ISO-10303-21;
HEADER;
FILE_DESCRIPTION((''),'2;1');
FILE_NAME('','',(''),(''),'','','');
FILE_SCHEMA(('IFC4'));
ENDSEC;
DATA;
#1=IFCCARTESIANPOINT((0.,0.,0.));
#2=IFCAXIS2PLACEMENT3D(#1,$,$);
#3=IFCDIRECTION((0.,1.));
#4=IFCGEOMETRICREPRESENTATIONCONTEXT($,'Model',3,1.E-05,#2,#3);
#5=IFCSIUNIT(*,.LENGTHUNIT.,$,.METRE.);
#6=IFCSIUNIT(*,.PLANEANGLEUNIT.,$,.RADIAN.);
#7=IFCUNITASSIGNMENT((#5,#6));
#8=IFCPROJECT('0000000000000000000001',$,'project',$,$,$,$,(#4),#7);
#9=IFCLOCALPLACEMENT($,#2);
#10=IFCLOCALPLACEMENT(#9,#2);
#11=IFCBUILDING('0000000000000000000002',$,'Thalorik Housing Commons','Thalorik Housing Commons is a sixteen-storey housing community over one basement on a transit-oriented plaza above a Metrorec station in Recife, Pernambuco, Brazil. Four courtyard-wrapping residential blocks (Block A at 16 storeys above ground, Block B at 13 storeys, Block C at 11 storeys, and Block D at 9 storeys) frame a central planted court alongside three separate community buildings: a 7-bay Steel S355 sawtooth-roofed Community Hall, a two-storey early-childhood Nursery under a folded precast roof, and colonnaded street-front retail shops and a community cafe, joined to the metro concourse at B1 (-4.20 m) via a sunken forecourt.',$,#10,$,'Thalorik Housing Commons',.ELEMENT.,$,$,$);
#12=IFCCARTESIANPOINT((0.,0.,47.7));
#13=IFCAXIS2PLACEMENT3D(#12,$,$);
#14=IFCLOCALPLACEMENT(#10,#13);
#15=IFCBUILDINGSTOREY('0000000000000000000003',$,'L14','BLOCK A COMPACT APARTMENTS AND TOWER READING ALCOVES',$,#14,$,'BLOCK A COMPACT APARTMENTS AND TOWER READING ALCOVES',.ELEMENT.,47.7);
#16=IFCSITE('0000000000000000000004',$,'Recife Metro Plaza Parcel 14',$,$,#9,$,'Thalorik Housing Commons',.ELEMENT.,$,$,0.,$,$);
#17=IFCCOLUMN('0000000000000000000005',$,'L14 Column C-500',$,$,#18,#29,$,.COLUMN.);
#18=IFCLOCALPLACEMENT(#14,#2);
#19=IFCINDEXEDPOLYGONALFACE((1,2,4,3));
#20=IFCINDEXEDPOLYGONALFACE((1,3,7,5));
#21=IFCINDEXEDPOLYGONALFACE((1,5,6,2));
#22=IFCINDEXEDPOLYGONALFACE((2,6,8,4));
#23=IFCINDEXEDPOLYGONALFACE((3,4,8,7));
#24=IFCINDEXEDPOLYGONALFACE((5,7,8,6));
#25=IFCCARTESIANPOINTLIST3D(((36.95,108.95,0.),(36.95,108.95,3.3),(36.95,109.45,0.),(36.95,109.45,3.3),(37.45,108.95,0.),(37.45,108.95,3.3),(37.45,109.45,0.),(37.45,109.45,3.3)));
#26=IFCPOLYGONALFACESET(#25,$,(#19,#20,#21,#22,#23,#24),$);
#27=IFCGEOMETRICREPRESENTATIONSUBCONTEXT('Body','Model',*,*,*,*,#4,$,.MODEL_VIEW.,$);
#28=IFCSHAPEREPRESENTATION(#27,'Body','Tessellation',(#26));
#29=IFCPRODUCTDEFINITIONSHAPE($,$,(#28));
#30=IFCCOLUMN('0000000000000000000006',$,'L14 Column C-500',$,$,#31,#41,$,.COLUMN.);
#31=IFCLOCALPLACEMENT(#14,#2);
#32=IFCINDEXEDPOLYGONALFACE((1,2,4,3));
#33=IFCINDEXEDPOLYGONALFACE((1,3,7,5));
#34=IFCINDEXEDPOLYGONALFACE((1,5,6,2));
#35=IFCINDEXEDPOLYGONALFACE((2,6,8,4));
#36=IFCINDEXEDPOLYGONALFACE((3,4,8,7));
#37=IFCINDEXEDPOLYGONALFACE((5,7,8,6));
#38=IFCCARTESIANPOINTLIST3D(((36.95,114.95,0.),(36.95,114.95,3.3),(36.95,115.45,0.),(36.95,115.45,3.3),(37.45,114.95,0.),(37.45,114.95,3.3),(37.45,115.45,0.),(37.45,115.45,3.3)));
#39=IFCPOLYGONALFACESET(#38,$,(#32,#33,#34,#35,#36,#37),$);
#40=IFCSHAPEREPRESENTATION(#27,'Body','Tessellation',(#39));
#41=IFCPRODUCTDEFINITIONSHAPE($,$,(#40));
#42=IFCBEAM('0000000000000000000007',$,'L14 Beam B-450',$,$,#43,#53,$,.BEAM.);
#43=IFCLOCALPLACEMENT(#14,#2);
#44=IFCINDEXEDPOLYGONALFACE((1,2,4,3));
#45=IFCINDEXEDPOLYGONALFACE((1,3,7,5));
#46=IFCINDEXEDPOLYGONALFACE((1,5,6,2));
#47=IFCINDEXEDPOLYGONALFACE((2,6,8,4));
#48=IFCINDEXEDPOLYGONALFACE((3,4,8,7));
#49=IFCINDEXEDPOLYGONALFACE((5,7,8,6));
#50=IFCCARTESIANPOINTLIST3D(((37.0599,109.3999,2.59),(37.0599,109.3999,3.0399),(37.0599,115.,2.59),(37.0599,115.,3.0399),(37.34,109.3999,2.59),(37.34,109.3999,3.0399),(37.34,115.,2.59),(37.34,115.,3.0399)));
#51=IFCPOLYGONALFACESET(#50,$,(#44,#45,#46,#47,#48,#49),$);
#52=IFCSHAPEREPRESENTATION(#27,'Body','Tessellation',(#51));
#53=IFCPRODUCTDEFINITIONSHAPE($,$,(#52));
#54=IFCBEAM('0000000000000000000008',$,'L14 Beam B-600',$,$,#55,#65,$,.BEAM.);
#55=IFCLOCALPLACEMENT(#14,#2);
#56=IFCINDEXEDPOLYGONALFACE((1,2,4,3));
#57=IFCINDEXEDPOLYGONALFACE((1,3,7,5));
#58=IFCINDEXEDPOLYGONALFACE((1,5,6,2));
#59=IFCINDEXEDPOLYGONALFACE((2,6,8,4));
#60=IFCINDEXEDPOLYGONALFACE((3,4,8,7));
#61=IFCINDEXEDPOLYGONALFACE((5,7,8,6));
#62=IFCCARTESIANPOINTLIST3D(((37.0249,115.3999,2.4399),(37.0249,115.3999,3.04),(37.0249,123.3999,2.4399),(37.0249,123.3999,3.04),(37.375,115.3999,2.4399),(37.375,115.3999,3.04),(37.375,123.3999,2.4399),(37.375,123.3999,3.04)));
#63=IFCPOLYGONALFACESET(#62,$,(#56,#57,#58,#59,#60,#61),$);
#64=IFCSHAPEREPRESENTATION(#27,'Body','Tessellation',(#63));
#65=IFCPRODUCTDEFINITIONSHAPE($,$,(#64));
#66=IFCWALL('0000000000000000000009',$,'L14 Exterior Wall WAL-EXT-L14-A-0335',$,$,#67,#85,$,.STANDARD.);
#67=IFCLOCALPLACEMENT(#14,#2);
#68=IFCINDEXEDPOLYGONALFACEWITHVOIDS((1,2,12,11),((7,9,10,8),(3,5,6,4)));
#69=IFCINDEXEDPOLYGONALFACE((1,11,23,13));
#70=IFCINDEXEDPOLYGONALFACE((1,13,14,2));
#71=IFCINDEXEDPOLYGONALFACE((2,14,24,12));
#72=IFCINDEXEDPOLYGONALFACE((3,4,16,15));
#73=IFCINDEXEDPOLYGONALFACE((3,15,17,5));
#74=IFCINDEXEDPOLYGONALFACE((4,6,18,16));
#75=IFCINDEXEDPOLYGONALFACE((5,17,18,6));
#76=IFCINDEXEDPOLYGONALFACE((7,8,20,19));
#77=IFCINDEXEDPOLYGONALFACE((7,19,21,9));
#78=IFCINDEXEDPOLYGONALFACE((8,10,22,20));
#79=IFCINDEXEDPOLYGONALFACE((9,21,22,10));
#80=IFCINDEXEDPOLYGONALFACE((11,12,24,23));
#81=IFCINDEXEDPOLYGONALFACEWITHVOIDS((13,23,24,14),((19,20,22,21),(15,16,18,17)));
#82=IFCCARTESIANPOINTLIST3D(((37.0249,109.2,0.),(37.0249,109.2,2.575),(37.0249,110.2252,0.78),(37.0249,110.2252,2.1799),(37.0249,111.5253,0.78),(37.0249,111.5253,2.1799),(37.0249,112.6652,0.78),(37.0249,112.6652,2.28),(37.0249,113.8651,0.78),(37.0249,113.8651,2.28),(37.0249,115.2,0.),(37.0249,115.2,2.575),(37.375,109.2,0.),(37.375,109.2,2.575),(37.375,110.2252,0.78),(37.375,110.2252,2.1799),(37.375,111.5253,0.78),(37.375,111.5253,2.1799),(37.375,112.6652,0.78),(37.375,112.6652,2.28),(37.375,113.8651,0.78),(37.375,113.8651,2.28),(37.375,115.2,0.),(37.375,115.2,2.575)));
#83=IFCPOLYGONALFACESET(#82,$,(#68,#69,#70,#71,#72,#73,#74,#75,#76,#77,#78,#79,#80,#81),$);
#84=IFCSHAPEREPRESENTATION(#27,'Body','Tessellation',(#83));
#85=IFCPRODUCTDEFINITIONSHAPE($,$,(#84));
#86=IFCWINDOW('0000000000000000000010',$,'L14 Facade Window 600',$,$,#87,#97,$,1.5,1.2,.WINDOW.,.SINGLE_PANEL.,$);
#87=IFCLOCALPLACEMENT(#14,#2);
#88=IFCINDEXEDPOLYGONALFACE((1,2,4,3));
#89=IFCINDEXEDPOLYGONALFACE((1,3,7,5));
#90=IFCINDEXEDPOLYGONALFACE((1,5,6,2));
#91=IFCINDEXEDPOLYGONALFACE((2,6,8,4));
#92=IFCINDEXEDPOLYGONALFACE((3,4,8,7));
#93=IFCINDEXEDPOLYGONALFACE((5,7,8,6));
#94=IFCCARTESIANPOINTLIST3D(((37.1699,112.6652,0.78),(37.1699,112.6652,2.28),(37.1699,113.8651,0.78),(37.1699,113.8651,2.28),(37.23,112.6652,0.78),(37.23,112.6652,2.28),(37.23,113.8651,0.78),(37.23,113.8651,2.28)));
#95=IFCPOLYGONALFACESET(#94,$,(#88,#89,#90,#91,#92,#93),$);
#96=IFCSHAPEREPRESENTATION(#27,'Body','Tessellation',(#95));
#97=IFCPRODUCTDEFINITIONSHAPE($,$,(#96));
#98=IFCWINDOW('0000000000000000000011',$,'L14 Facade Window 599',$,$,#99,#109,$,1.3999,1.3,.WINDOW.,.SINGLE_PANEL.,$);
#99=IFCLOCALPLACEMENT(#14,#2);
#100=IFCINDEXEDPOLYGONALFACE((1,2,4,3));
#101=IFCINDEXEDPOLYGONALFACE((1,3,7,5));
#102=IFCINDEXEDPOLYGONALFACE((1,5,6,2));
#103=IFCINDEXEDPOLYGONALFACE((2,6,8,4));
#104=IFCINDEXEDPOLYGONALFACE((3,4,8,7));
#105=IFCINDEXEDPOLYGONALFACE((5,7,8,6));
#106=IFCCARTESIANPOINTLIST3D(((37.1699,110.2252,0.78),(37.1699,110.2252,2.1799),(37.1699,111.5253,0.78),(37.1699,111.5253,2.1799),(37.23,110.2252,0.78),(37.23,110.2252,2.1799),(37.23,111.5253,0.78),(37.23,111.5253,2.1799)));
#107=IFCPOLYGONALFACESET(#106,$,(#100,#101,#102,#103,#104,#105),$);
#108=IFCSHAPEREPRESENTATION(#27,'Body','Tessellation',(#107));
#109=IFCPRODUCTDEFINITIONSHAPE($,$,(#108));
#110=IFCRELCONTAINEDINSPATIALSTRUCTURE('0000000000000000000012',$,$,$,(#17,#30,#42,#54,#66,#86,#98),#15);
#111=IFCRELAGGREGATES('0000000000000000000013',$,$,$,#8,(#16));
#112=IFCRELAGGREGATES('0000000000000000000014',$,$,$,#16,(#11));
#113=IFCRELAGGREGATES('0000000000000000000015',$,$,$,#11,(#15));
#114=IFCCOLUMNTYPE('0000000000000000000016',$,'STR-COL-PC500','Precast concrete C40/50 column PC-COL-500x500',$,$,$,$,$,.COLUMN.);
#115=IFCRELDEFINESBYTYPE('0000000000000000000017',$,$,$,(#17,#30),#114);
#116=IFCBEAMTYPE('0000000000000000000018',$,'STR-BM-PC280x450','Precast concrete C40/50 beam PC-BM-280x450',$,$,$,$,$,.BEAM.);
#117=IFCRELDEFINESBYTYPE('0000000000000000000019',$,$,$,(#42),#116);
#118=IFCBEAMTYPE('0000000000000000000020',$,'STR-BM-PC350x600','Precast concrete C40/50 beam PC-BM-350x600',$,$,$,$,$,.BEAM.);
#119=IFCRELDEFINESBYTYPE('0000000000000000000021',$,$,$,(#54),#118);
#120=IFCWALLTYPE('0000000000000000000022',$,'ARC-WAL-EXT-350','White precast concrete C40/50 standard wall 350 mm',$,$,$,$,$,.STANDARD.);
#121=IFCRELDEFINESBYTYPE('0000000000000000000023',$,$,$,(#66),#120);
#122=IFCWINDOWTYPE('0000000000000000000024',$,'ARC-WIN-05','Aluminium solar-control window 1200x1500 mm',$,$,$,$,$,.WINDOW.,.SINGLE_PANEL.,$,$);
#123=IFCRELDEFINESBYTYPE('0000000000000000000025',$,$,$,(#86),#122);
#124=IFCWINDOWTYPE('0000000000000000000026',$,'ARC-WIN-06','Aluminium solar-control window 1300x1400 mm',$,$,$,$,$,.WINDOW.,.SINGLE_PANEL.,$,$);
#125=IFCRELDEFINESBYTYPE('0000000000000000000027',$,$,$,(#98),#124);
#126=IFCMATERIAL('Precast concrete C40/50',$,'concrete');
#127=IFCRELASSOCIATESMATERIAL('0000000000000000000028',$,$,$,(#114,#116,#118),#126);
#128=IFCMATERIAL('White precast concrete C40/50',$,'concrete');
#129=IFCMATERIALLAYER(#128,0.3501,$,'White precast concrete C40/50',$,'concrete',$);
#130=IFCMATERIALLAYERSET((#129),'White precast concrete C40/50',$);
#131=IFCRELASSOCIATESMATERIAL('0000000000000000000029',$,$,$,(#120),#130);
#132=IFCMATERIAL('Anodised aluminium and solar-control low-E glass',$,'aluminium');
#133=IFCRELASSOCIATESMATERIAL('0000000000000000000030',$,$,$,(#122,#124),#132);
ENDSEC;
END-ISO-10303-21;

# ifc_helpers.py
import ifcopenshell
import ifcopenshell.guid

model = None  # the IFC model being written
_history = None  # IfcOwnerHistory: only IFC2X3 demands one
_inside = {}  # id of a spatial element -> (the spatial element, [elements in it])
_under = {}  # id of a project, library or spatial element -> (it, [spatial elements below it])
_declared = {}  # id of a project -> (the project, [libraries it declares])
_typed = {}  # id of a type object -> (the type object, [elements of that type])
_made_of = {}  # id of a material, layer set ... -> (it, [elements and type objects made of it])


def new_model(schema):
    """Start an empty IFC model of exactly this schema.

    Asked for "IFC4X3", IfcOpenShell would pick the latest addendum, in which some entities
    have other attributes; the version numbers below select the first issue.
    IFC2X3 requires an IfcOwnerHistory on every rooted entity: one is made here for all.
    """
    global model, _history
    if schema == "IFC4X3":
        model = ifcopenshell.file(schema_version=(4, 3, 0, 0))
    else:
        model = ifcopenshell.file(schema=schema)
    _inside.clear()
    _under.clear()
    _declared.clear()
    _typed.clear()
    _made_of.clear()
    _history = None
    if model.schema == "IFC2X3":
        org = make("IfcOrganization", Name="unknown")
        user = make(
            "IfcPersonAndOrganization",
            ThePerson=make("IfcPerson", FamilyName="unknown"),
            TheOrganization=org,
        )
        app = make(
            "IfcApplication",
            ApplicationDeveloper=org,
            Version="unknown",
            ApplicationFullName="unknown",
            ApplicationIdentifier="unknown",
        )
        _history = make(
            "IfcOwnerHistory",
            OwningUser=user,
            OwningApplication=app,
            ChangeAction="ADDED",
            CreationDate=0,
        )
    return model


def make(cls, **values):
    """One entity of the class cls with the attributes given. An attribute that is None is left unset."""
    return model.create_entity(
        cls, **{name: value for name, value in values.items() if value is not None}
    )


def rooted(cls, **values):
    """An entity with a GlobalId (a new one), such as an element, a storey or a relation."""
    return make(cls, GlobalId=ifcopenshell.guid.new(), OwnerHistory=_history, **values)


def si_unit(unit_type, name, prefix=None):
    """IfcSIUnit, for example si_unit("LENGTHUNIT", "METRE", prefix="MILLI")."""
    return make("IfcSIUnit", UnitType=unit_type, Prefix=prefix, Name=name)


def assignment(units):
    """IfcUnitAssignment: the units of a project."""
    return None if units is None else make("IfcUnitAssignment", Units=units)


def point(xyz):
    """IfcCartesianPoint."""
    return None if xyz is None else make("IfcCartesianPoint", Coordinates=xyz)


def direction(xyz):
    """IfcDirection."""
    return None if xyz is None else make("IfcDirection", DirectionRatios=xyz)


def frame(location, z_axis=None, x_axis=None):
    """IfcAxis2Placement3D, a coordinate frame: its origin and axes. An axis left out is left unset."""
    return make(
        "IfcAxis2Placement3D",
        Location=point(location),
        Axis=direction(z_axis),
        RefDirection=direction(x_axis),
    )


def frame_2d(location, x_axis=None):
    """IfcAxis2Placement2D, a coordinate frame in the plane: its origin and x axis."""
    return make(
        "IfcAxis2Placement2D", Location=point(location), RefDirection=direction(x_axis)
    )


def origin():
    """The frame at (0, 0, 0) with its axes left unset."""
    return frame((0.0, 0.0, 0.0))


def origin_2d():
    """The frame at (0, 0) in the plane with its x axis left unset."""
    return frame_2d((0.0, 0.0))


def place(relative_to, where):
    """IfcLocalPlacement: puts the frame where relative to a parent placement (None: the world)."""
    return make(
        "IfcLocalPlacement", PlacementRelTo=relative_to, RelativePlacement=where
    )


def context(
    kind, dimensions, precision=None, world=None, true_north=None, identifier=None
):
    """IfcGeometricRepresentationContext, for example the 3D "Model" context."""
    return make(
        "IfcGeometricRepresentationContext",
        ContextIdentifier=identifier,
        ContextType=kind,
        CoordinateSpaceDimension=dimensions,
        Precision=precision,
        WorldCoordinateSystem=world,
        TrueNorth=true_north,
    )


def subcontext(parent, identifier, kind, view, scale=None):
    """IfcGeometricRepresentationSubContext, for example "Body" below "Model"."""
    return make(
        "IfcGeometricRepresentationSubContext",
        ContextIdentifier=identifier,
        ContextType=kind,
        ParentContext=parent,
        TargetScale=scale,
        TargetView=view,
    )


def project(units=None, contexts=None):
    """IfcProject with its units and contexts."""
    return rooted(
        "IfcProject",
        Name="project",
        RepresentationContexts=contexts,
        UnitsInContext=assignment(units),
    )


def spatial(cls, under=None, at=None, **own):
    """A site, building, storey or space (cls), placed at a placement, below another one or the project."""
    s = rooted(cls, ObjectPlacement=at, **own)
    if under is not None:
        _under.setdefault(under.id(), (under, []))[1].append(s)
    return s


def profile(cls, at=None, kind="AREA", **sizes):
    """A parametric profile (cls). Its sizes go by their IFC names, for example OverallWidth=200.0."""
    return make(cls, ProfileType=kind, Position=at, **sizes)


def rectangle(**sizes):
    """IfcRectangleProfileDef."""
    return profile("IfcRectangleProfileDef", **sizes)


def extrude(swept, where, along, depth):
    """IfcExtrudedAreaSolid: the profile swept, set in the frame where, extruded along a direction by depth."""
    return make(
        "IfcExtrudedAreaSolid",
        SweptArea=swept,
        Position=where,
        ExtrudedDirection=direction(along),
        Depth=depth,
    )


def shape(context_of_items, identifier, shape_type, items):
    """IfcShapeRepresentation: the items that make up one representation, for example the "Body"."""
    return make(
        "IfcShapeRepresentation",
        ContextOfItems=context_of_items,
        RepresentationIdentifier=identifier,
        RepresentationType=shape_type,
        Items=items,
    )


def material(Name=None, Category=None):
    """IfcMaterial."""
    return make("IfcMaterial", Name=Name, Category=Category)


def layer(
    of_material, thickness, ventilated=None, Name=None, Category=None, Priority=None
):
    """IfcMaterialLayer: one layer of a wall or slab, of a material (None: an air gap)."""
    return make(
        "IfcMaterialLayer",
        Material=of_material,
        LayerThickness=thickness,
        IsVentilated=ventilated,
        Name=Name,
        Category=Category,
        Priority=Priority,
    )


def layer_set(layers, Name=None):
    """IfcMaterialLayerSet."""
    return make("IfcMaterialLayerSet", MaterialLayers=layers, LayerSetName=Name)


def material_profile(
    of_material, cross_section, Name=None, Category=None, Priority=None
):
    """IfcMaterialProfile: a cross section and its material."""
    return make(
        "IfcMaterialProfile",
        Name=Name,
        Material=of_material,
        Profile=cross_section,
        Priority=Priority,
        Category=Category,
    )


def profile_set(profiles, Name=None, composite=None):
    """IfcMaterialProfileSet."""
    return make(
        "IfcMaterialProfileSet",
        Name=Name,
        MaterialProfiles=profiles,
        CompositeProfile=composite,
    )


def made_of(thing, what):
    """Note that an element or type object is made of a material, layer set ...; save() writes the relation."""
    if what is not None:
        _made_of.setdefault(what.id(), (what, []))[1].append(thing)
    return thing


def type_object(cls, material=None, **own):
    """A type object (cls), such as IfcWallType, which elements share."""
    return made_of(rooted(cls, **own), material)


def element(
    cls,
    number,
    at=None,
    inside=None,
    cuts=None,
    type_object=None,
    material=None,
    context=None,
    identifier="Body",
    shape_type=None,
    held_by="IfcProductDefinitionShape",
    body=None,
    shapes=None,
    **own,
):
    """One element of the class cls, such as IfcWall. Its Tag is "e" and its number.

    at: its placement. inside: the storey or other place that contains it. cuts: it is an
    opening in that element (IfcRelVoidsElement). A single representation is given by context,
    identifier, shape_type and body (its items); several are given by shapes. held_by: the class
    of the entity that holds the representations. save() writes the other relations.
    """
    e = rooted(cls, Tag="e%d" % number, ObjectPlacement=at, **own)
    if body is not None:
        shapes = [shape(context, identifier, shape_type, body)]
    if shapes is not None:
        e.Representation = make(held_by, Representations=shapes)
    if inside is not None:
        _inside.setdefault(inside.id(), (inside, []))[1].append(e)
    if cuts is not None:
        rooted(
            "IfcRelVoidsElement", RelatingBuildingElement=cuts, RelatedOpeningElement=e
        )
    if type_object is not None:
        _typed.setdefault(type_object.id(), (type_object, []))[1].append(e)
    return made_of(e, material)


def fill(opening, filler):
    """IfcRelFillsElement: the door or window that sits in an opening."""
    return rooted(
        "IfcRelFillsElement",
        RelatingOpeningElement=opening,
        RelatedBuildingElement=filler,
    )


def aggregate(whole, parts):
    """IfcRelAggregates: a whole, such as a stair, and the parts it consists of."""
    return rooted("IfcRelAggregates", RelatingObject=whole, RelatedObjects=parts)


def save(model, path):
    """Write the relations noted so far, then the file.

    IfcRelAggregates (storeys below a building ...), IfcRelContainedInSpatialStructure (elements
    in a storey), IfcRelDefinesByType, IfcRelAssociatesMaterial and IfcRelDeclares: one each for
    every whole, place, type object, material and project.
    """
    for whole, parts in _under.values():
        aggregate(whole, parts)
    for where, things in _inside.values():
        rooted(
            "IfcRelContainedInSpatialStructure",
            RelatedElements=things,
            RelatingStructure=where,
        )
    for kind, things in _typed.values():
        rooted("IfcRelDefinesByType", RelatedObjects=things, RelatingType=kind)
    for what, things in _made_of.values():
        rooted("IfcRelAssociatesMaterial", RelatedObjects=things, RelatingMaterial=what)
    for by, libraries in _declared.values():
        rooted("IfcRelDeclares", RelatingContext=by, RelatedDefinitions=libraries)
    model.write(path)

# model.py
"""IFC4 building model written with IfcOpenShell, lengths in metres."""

from ifc_helpers import new_model, si_unit, direction, frame, frame_2d, origin, origin_2d, place, context, subcontext, project, spatial, rectangle, extrude, material, layer, layer_set, material_profile, profile_set, type_object, element, fill, save


model = new_model("IFC4")

# Units and contexts
model_context = context("Model", 3, precision=1e-05, world=origin(), true_north=direction((0.0, 1.0)))
body_context = subcontext(model_context, "Body", "Model", "MODEL_VIEW")
ifc_project = project(units=[si_unit("LENGTHUNIT", "METRE"), si_unit("PLANEANGLEUNIT", "RADIAN")], contexts=[model_context])

# Site, building, storey
site_placement = place(None, origin())
site = spatial("IfcSite", under=ifc_project, at=site_placement, Name="Recife Metro Plaza Parcel 14", LongName="Thalorik Housing Commons", CompositionType="ELEMENT", RefElevation=0.0)
building_placement = place(site_placement, origin())
building = spatial("IfcBuilding", under=site, at=building_placement, Name="Thalorik Housing Commons", Description="Thalorik Housing Commons is a sixteen-storey housing community over one basement on a transit-oriented plaza above a Metrorec station in Recife, Pernambuco, Brazil. Four courtyard-wrapping residential blocks (Block A at 16 storeys above ground, Block B at 13 storeys, Block C at 11 storeys, and Block D at 9 storeys) frame a central planted court alongside three separate community buildings: a 7-bay Steel S355 sawtooth-roofed Community Hall, a two-storey early-childhood Nursery under a folded precast roof, and colonnaded street-front retail shops and a community cafe, joined to the metro concourse at B1 (-4.20 m) via a sunken forecourt.", LongName="Thalorik Housing Commons", CompositionType="ELEMENT")
storey_placement = place(building_placement, frame((0.0, 0.0, 47.7)))
storey = spatial("IfcBuildingStorey", under=building, at=storey_placement, Name="L14", Description="BLOCK A COMPACT APARTMENTS AND TOWER READING ALCOVES", LongName="BLOCK A COMPACT APARTMENTS AND TOWER READING ALCOVES", CompositionType="ELEMENT", Elevation=47.7)

# Columns
ifc_material_1 = material(Name="Precast concrete C40/50", Category="concrete")
ifc_material_profile_1 = material_profile(ifc_material_1, rectangle(XDim=0.5, YDim=0.5, at=origin_2d()), Name="PC 500x500", Category="concrete")
ifc_profile_set_1 = profile_set([ifc_material_profile_1], Name="Precast concrete C40/50")
column_type = type_object("IfcColumnType", Name="STR-COL-PC500", Description="Precast concrete C40/50 column PC-COL-500x500", PredefinedType="COLUMN", material=ifc_profile_set_1)
for number, where, z_axis, x_axis, name in (
    (1, (37.2, 109.2, 0.0), (0.0, 0.0, 1.0), (1.0, 0.0, 0.0), "L14 Column C-500"),
    (2, (37.2, 115.2, 0.0), (0.0, 0.0, 1.0), (1.0, 0.0, 0.0), "L14 Column C-500"),
):
    element("IfcColumn", number, at=place(storey_placement, frame(where, z_axis=z_axis, x_axis=x_axis)), inside=storey, type_object=column_type, Name=name, PredefinedType="COLUMN", context=body_context, shape_type="SweptSolid", body=[
        extrude(rectangle(XDim=0.5, YDim=0.5, at=origin_2d()), origin(), (0.0, 0.0, 1.0), 3.3),
    ])

# Beams
ifc_material_profile_2 = material_profile(ifc_material_1, rectangle(XDim=0.28, YDim=0.45, at=origin_2d()), Name="PC 280x450", Category="concrete")
ifc_profile_set_2 = profile_set([ifc_material_profile_2], Name="Precast concrete C40/50")
beam_type_1 = type_object("IfcBeamType", Name="STR-BM-PC280x450", Description="Precast concrete C40/50 beam PC-BM-280x450", PredefinedType="BEAM", material=ifc_profile_set_2)
beam_1_placement = place(storey_placement, frame((37.2, 109.3999, 2.8149), z_axis=(0.0, 1.0, 0.0), x_axis=(-1.0, 0.0, 0.0)))
element("IfcBeam", 3, at=beam_1_placement, inside=storey, type_object=beam_type_1, Name="L14 Beam B-450", PredefinedType="BEAM", context=body_context, shape_type="SweptSolid", body=[
    extrude(rectangle(XDim=0.28, YDim=0.45, at=origin_2d()), origin(), (0.0, 0.0, 1.0), 5.6001),
])
ifc_material_profile_3 = material_profile(ifc_material_1, rectangle(XDim=0.3501, YDim=0.6001, at=origin_2d()), Name="PC 350x600", Category="concrete")
ifc_profile_set_3 = profile_set([ifc_material_profile_3], Name="Precast concrete C40/50")
beam_type_2 = type_object("IfcBeamType", Name="STR-BM-PC350x600", Description="Precast concrete C40/50 beam PC-BM-350x600", PredefinedType="BEAM", material=ifc_profile_set_3)
beam_2_placement = place(storey_placement, frame((37.2, 115.3999, 2.74), z_axis=(0.0, 1.0, 0.0), x_axis=(-1.0, 0.0, 0.0)))
element("IfcBeam", 4, at=beam_2_placement, inside=storey, type_object=beam_type_2, Name="L14 Beam B-600", PredefinedType="BEAM", context=body_context, shape_type="SweptSolid", body=[
    extrude(rectangle(XDim=0.3501, YDim=0.6001, at=origin_2d()), origin(), (0.0, 0.0, 1.0), 8.0),
])

# Wall, openings, windows
ifc_material_2 = material(Name="White precast concrete C40/50", Category="concrete")
ifc_layer_1 = layer(ifc_material_2, 0.3501, Name="White precast concrete C40/50", Category="concrete")
ifc_layer_set_1 = layer_set([ifc_layer_1], Name="White precast concrete C40/50")
wall_type_1 = type_object("IfcWallType", Name="ARC-WAL-EXT-350", Description="White precast concrete C40/50 standard wall 350 mm", PredefinedType="STANDARD", material=ifc_layer_set_1)
wall_1_placement = place(storey_placement, frame((37.2, 109.2, 0.0), z_axis=(0.0, 0.0, 1.0), x_axis=(0.0, 1.0, 0.0)))
wall_1 = element("IfcWall", 5, at=wall_1_placement, inside=storey, type_object=wall_type_1, Name="L14 Exterior Wall WAL-EXT-L14-A-0335", PredefinedType="STANDARD", context=body_context, shape_type="SweptSolid", body=[
    extrude(rectangle(XDim=6.0, YDim=0.3501, at=frame_2d((3.0, 0.0))), origin(), (0.0, 0.0, 1.0), 2.575),
])
opening_1_placement = place(wall_1_placement, frame((1.0254, 0.0, 0.78)))
opening_1 = element("IfcOpeningElement", 6, at=opening_1_placement, cuts=wall_1, PredefinedType="OPENING", context=body_context, shape_type="SweptSolid", body=[
    extrude(rectangle(XDim=1.3, YDim=1.3999, at=frame_2d((0.6499, 0.7))), frame((0.0, 0.1851, 0.0), z_axis=(0.0, -1.0, 0.0), x_axis=(1.0, 0.0, 0.0)), (0.0, 0.0, 1.0), 0.3701),
])
opening_2_placement = place(wall_1_placement, frame((3.4651, 0.0, 0.78)))
opening_2 = element("IfcOpeningElement", 7, at=opening_2_placement, cuts=wall_1, PredefinedType="OPENING", context=body_context, shape_type="SweptSolid", body=[
    extrude(rectangle(XDim=1.2, YDim=1.5, at=frame_2d((0.6001, 0.75))), frame((0.0, 0.1851, 0.0), z_axis=(0.0, -1.0, 0.0), x_axis=(1.0, 0.0, 0.0)), (0.0, 0.0, 1.0), 0.3701),
])
ifc_material_3 = material(Name="Anodised aluminium and solar-control low-E glass", Category="aluminium")
window_type_1 = type_object("IfcWindowType", Name="ARC-WIN-05", Description="Aluminium solar-control window 1200x1500 mm", PartitioningType="SINGLE_PANEL", PredefinedType="WINDOW", material=ifc_material_3)
window_1_placement = place(opening_2_placement, origin())
window_1 = element("IfcWindow", 8, at=window_1_placement, inside=storey, type_object=window_type_1, Name="L14 Facade Window 600", OverallHeight=1.5, OverallWidth=1.2, PartitioningType="SINGLE_PANEL", PredefinedType="WINDOW", context=body_context, shape_type="SweptSolid", body=[
    extrude(rectangle(XDim=1.2, YDim=1.5, at=frame_2d((0.6001, 0.75))), frame((0.0, 0.03, 0.0), z_axis=(0.0, -1.0, 0.0), x_axis=(1.0, 0.0, 0.0)), (0.0, 0.0, 1.0), 0.0601),
])
fill(opening_2, window_1)
window_type_2 = type_object("IfcWindowType", Name="ARC-WIN-06", Description="Aluminium solar-control window 1300x1400 mm", PartitioningType="SINGLE_PANEL", PredefinedType="WINDOW", material=ifc_material_3)
window_2_placement = place(opening_1_placement, origin())
window_2 = element("IfcWindow", 9, at=window_2_placement, inside=storey, type_object=window_type_2, Name="L14 Facade Window 599", OverallHeight=1.3999, OverallWidth=1.3, PartitioningType="SINGLE_PANEL", PredefinedType="WINDOW", context=body_context, shape_type="SweptSolid", body=[
    extrude(rectangle(XDim=1.3, YDim=1.3999, at=frame_2d((0.6499, 0.7))), frame((0.0, 0.03, 0.0), z_axis=(0.0, -1.0, 0.0), x_axis=(1.0, 0.0, 0.0)), (0.0, 0.0, 1.0), 0.0601),
])
fill(opening_1, window_2)

save(model, "model.ifc")
